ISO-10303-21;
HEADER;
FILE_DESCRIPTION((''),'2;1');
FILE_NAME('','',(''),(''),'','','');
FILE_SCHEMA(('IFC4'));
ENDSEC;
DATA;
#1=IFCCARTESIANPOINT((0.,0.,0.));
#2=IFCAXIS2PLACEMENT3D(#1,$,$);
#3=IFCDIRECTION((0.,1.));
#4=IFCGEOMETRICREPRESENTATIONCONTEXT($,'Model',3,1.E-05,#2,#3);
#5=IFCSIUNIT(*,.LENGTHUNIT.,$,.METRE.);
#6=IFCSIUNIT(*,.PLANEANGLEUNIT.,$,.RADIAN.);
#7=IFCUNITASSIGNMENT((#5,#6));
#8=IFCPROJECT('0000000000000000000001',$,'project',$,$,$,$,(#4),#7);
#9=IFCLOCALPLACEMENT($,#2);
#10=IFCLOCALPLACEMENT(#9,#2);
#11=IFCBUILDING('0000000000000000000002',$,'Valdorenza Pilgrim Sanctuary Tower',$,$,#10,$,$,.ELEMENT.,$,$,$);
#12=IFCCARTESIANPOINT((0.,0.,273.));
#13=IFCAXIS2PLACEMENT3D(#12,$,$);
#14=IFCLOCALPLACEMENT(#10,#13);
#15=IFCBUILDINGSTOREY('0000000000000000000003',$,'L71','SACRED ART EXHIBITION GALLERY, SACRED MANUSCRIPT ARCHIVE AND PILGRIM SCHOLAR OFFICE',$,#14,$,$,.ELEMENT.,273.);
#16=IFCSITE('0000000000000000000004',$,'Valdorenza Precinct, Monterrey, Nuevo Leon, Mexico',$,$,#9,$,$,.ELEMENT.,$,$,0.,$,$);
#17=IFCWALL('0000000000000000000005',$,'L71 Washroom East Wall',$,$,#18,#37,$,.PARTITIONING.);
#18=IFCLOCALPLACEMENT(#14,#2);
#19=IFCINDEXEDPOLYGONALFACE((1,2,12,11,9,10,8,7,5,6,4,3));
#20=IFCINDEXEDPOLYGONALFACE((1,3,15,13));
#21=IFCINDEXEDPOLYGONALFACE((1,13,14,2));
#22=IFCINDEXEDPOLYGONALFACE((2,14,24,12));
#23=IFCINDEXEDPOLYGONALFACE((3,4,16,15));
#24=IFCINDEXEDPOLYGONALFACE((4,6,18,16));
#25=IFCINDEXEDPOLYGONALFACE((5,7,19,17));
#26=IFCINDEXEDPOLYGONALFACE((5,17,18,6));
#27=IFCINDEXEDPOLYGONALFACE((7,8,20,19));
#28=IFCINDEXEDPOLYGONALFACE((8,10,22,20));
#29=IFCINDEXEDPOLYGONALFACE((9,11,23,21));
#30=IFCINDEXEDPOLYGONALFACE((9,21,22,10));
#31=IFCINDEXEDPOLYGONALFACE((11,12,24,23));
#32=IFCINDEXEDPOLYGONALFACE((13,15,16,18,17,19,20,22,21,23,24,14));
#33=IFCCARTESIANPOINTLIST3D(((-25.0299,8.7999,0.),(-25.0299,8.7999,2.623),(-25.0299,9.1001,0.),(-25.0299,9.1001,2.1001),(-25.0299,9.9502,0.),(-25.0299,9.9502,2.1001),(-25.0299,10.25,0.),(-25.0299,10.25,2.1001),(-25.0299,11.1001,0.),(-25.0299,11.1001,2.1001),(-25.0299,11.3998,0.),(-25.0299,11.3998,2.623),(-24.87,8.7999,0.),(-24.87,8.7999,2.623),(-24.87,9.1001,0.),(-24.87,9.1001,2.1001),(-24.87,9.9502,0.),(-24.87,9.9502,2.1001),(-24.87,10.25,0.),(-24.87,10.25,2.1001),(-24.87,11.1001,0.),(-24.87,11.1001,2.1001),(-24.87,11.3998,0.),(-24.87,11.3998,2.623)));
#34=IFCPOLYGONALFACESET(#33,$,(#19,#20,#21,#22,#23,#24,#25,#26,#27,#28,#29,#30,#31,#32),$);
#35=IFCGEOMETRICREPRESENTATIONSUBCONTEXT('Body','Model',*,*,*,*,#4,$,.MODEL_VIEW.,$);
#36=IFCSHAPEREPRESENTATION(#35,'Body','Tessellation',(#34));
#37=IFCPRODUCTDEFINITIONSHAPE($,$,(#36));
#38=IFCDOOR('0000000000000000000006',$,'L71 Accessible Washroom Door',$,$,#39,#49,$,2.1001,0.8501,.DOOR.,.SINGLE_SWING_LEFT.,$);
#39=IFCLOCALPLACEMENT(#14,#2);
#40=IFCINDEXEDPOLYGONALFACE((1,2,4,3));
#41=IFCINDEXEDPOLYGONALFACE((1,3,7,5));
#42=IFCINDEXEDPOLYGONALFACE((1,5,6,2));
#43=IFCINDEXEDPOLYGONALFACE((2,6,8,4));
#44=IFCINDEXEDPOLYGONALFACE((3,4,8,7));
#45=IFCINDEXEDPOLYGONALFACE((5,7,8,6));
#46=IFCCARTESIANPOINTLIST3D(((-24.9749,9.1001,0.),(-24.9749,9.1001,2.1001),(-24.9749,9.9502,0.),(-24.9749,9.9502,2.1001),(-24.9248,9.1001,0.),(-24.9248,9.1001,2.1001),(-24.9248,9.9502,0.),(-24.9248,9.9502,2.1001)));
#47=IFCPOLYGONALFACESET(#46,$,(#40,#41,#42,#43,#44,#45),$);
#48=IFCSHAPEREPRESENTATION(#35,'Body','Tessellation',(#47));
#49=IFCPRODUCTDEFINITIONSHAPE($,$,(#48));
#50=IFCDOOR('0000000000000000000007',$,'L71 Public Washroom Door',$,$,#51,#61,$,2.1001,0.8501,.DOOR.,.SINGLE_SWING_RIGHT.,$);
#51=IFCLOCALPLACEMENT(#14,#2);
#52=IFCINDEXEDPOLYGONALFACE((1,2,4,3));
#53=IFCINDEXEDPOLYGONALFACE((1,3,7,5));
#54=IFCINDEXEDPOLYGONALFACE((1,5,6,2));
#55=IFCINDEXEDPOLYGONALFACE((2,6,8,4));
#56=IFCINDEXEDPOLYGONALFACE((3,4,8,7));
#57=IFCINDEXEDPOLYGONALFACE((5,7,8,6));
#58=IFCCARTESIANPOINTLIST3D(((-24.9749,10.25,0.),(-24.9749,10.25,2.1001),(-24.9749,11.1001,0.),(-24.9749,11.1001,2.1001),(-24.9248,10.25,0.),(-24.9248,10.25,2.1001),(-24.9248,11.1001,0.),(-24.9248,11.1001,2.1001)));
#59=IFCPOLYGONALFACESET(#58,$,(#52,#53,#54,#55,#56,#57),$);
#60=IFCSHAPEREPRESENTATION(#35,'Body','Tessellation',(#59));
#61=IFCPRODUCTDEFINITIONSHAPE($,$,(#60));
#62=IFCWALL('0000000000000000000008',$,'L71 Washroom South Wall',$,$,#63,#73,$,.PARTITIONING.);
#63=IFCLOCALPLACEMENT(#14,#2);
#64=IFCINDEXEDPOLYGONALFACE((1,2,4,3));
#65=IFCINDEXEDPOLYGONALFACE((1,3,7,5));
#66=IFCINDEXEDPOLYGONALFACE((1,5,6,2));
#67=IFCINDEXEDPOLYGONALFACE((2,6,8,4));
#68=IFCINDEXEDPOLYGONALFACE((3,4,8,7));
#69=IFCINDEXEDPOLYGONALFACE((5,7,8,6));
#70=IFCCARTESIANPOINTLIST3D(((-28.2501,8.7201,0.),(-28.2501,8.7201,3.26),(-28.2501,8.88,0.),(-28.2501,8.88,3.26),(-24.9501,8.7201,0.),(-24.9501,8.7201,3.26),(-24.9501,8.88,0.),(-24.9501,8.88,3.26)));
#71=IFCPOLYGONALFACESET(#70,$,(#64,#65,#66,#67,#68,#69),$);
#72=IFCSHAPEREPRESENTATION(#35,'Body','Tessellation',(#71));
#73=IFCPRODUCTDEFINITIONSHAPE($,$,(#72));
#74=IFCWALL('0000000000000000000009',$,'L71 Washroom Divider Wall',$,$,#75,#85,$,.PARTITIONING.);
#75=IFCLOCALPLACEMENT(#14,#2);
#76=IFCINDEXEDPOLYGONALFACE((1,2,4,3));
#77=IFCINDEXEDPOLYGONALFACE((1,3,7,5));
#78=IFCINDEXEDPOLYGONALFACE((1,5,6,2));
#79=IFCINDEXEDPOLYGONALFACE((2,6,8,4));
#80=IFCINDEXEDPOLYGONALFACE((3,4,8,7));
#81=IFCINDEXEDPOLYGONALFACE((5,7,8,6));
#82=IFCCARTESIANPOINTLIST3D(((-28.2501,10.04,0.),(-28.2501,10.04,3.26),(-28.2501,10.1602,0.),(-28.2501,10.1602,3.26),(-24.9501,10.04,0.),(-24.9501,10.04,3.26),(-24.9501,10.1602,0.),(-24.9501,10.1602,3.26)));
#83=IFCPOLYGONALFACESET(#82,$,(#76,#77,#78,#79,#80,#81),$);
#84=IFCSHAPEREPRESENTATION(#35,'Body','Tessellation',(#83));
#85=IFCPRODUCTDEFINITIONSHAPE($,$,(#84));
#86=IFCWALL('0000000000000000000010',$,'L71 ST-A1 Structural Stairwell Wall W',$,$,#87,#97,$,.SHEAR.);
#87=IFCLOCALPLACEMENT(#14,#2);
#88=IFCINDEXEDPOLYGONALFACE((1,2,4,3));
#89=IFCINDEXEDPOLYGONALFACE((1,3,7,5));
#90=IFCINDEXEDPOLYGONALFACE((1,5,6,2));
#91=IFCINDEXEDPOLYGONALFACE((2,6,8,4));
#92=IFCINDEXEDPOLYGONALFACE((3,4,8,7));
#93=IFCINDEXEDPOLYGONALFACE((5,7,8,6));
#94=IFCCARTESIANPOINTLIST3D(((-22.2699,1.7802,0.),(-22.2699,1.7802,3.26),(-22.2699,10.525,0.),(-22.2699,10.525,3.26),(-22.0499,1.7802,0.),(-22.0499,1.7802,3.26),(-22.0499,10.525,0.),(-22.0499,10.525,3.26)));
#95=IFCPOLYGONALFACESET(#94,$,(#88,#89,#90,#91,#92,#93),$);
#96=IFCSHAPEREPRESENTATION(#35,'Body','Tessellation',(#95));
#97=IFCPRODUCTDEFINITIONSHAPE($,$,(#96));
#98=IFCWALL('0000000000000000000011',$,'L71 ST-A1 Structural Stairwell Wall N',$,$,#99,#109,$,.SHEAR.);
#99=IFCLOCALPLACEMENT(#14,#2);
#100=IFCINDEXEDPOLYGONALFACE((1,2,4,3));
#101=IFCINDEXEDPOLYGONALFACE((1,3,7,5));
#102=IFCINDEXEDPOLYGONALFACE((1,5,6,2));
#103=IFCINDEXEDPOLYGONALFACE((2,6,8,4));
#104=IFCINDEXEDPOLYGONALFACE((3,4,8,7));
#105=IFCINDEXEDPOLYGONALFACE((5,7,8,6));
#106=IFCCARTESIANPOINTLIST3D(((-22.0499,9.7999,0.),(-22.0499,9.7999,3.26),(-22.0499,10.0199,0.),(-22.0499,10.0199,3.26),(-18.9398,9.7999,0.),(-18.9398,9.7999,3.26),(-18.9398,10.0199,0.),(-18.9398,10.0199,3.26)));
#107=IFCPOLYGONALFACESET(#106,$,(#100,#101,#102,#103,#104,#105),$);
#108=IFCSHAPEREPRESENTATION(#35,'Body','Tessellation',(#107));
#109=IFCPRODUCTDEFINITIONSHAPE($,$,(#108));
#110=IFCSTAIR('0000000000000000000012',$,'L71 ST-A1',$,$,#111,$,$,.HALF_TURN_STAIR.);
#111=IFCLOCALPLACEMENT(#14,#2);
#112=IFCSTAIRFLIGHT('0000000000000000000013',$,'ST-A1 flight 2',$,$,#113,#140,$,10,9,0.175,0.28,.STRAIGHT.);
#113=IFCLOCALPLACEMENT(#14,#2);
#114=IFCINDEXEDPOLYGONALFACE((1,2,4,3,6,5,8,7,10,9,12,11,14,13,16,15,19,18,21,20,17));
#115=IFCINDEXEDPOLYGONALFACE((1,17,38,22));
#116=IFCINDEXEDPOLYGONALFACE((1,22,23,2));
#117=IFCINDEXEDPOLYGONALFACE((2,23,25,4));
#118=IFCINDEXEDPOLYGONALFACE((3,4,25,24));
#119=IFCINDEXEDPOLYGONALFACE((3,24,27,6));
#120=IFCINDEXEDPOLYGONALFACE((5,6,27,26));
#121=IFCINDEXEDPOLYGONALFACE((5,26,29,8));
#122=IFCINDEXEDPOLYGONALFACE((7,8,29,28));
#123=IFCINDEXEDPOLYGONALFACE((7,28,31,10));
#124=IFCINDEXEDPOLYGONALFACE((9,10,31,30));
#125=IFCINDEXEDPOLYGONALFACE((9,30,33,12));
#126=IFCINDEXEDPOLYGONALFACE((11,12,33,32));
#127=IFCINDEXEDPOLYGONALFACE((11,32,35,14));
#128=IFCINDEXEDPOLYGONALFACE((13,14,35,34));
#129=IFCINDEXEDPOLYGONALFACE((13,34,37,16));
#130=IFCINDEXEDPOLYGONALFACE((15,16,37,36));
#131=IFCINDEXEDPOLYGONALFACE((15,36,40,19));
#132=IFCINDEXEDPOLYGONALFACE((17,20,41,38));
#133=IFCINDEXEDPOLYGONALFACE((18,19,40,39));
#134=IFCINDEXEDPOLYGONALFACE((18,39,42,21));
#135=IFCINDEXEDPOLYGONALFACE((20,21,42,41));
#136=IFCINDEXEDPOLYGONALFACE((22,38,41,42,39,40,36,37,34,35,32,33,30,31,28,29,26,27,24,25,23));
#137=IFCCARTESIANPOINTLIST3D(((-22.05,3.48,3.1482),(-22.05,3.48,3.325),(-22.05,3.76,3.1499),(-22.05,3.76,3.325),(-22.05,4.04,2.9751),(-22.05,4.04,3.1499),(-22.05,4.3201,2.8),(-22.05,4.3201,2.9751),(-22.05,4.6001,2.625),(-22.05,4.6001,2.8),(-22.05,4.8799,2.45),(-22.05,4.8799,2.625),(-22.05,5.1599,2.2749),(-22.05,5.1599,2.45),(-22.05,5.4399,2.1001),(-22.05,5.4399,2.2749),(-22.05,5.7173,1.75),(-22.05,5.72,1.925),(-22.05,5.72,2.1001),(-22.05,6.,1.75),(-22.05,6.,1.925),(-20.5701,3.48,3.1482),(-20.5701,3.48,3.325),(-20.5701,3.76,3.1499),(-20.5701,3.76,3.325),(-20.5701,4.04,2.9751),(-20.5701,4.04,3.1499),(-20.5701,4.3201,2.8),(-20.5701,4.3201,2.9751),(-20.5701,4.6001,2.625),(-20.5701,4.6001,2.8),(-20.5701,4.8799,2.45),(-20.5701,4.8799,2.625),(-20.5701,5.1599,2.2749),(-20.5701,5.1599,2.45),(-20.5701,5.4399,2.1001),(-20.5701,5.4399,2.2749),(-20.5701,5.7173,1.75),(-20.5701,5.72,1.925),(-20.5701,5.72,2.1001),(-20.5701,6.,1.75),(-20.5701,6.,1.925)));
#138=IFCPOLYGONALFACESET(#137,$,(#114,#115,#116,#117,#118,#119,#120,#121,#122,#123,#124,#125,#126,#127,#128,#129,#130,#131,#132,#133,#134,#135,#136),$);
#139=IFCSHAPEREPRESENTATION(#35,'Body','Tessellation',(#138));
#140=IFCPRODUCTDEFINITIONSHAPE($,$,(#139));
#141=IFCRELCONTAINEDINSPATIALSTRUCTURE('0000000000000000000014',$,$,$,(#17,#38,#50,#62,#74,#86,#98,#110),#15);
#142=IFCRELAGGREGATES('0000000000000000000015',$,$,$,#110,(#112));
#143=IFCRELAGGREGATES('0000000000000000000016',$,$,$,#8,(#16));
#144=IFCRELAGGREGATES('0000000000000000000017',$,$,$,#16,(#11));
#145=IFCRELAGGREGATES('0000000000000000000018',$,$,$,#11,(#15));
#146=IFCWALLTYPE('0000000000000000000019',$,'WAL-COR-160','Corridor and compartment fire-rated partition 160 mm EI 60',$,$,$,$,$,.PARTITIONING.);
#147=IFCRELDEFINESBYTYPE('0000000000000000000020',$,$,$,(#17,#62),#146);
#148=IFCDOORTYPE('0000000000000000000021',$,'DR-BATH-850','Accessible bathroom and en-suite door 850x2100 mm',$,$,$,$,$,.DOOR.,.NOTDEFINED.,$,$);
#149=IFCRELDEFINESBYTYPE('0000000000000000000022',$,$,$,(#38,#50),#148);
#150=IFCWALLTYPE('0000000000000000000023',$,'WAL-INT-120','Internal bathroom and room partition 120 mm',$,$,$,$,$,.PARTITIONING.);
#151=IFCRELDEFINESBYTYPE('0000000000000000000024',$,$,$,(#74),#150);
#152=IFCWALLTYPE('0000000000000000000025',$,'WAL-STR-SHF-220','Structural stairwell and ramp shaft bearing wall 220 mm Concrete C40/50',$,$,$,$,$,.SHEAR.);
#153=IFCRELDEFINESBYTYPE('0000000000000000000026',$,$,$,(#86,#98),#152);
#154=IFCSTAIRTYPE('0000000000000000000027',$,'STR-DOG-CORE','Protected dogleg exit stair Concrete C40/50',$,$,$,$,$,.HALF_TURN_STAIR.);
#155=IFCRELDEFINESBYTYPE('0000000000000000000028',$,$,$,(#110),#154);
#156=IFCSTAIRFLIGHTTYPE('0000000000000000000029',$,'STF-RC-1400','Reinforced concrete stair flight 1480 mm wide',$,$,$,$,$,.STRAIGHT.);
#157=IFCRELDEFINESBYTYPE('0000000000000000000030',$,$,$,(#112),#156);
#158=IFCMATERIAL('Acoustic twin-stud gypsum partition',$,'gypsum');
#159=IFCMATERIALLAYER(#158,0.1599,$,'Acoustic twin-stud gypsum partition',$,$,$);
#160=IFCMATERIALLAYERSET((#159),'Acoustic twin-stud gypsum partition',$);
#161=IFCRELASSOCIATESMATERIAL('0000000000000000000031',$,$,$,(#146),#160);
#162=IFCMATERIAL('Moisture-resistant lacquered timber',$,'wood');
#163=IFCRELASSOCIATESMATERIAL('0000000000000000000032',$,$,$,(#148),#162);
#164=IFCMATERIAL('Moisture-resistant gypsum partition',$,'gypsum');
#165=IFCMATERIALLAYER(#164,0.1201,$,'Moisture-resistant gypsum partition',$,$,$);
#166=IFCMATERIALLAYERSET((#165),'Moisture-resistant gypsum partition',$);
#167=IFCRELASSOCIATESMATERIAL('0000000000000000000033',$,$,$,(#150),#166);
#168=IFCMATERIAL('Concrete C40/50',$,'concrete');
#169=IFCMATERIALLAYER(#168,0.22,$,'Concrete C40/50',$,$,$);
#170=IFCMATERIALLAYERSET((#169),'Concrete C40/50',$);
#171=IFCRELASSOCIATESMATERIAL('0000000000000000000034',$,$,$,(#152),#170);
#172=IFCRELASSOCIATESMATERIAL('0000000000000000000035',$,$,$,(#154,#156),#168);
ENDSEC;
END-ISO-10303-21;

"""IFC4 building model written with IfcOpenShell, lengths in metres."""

from ifc_helpers import new_model, si_unit, direction, frame, frame_2d, origin, place, context, subcontext, project, spatial, polyline, rectangle, outline, extrude, material, layer, layer_set, type_object, element, fill, aggregate, save


model = new_model("IFC4")

# Units and contexts
model_context = context("Model", 3, precision=1e-05, world=origin(), true_north=direction((0.0, 1.0)))
body_context = subcontext(model_context, "Body", "Model", "MODEL_VIEW")
ifc_project = project(units=[si_unit("LENGTHUNIT", "METRE"), si_unit("PLANEANGLEUNIT", "RADIAN")], contexts=[model_context])

# Site, building, storey
site_placement = place(None, origin())
site = spatial("IfcSite", under=ifc_project, at=site_placement, Name="Valdorenza Precinct, Monterrey, Nuevo Leon, Mexico", CompositionType="ELEMENT", RefElevation=0.0)
building_placement = place(site_placement, origin())
building = spatial("IfcBuilding", under=site, at=building_placement, Name="Valdorenza Pilgrim Sanctuary Tower", CompositionType="ELEMENT")
storey_placement = place(building_placement, frame((0.0, 0.0, 273.0)))
storey = spatial("IfcBuildingStorey", under=building, at=storey_placement, Name="L71", Description="SACRED ART EXHIBITION GALLERY, SACRED MANUSCRIPT ARCHIVE AND PILGRIM SCHOLAR OFFICE", CompositionType="ELEMENT", Elevation=273.0)

# Shared definitions
ifc_material_1 = material(Name="Acoustic twin-stud gypsum partition", Category="gypsum")
ifc_layer_1 = layer(ifc_material_1, 0.1599, Name="Acoustic twin-stud gypsum partition")
ifc_layer_set_1 = layer_set([ifc_layer_1], Name="Acoustic twin-stud gypsum partition")
wall_type_1 = type_object("IfcWallType", Name="WAL-COR-160", Description="Corridor and compartment fire-rated partition 160 mm EI 60", PredefinedType="PARTITIONING", material=ifc_layer_set_1)

# Wall, openings, doors
wall_1_placement = place(storey_placement, frame((-24.95, 8.8, 0.0), z_axis=(0.0, 0.0, 1.0), x_axis=(0.0, 1.0, 0.0)))
wall_1 = element("IfcWall", 1, at=wall_1_placement, inside=storey, type_object=wall_type_1, Name="L71 Washroom East Wall", PredefinedType="PARTITIONING", context=body_context, shape_type="SweptSolid", body=[
    extrude(rectangle(XDim=2.5999, YDim=0.1599, at=frame_2d((1.2998, 0.0))), origin(), (0.0, 0.0, 1.0), 2.623),
])
opening_1_placement = place(wall_1_placement, frame((0.3, 0.0, 0.0)))
opening_1 = element("IfcOpeningElement", 2, at=opening_1_placement, cuts=wall_1, PredefinedType="OPENING", context=body_context, shape_type="SweptSolid", body=[
    extrude(rectangle(XDim=0.8501, YDim=2.1001, at=frame_2d((0.425, 1.05))), frame((0.0, 0.0947, 0.0), z_axis=(0.0, -1.0, 0.0), x_axis=(1.0, 0.0, 0.0)), (0.0, 0.0, 1.0), 0.1897),
])
opening_2_placement = place(wall_1_placement, frame((1.45, 0.0, 0.0)))
opening_2 = element("IfcOpeningElement", 3, at=opening_2_placement, cuts=wall_1, PredefinedType="OPENING", context=body_context, shape_type="SweptSolid", body=[
    extrude(rectangle(XDim=0.8501, YDim=2.1001, at=frame_2d((0.425, 1.05))), frame((0.0, 0.0947, 0.0), z_axis=(0.0, -1.0, 0.0), x_axis=(1.0, 0.0, 0.0)), (0.0, 0.0, 1.0), 0.1897),
])
ifc_material_2 = material(Name="Moisture-resistant lacquered timber", Category="wood")
door_type_1 = type_object("IfcDoorType", Name="DR-BATH-850", Description="Accessible bathroom and en-suite door 850x2100 mm", OperationType="NOTDEFINED", PredefinedType="DOOR", material=ifc_material_2)
door_1_placement = place(opening_1_placement, origin())
door_1 = element("IfcDoor", 4, at=door_1_placement, inside=storey, type_object=door_type_1, Name="L71 Accessible Washroom Door", OperationType="SINGLE_SWING_LEFT", OverallHeight=2.1001, OverallWidth=0.8501, PredefinedType="DOOR", context=body_context, shape_type="SweptSolid", body=[
    extrude(rectangle(XDim=0.8501, YDim=2.1001, at=frame_2d((0.425, 1.05))), frame((0.0, 0.0249, 0.0), z_axis=(0.0, -1.0, 0.0), x_axis=(1.0, 0.0, 0.0)), (0.0, 0.0, 1.0), 0.05),
])
fill(opening_1, door_1)
door_2_placement = place(opening_2_placement, origin())
door_2 = element("IfcDoor", 5, at=door_2_placement, inside=storey, type_object=door_type_1, Name="L71 Public Washroom Door", OperationType="SINGLE_SWING_RIGHT", OverallHeight=2.1001, OverallWidth=0.8501, PredefinedType="DOOR", context=body_context, shape_type="SweptSolid", body=[
    extrude(rectangle(XDim=0.8501, YDim=2.1001, at=frame_2d((0.425, 1.05))), frame((0.0, 0.0249, 0.0), z_axis=(0.0, -1.0, 0.0), x_axis=(1.0, 0.0, 0.0)), (0.0, 0.0, 1.0), 0.05),
])
fill(opening_2, door_2)

# Walls
wall_2_placement = place(storey_placement, frame((-28.25, 8.8, 0.0), z_axis=(0.0, 0.0, 1.0), x_axis=(1.0, 0.0, 0.0)))
element("IfcWall", 6, at=wall_2_placement, inside=storey, type_object=wall_type_1, Name="L71 Washroom South Wall", PredefinedType="PARTITIONING", context=body_context, shape_type="SweptSolid", body=[
    extrude(rectangle(XDim=3.3, YDim=0.1599, at=frame_2d((1.6499, 0.0))), origin(), (0.0, 0.0, 1.0), 3.26),
])
ifc_material_3 = material(Name="Moisture-resistant gypsum partition", Category="gypsum")
ifc_layer_2 = layer(ifc_material_3, 0.1201, Name="Moisture-resistant gypsum partition")
ifc_layer_set_2 = layer_set([ifc_layer_2], Name="Moisture-resistant gypsum partition")
wall_type_2 = type_object("IfcWallType", Name="WAL-INT-120", Description="Internal bathroom and room partition 120 mm", PredefinedType="PARTITIONING", material=ifc_layer_set_2)
wall_3_placement = place(storey_placement, frame((-28.25, 10.1001, 0.0), z_axis=(0.0, 0.0, 1.0), x_axis=(1.0, 0.0, 0.0)))
element("IfcWall", 7, at=wall_3_placement, inside=storey, type_object=wall_type_2, Name="L71 Washroom Divider Wall", PredefinedType="PARTITIONING", context=body_context, shape_type="SweptSolid", body=[
    extrude(rectangle(XDim=3.3, YDim=0.1201, at=frame_2d((1.6499, 0.0))), origin(), (0.0, 0.0, 1.0), 3.26),
])
ifc_material_4 = material(Name="Concrete C40/50", Category="concrete")
ifc_layer_3 = layer(ifc_material_4, 0.22, Name="Concrete C40/50")
ifc_layer_set_3 = layer_set([ifc_layer_3], Name="Concrete C40/50")
wall_type_3 = type_object("IfcWallType", Name="WAL-STR-SHF-220", Description="Structural stairwell and ramp shaft bearing wall 220 mm Concrete C40/50", PredefinedType="SHEAR", material=ifc_layer_set_3)
wall_4_placement = place(storey_placement, frame((-22.1599, 1.78, 0.0), z_axis=(0.0, 0.0, 1.0), x_axis=(0.0, 1.0, 0.0)))
element("IfcWall", 8, at=wall_4_placement, inside=storey, type_object=wall_type_3, Name="L71 ST-A1 Structural Stairwell Wall W", PredefinedType="SHEAR", context=body_context, shape_type="SweptSolid", body=[
    extrude(rectangle(XDim=8.7449, YDim=0.22, at=frame_2d((4.3726, 0.0))), origin(), (0.0, 0.0, 1.0), 3.26),
])

# Wall
wall_5_placement = place(storey_placement, frame((-22.05, 9.9099, 0.0), z_axis=(0.0, 0.0, 1.0), x_axis=(1.0, 0.0, 0.0)))
element("IfcWall", 9, at=wall_5_placement, inside=storey, type_object=wall_type_3, Name="L71 ST-A1 Structural Stairwell Wall N", PredefinedType="SHEAR", context=body_context, shape_type="SweptSolid", body=[
    extrude(rectangle(XDim=3.1101, YDim=0.22, at=frame_2d((1.5552, 0.0))), origin(), (0.0, 0.0, 1.0), 3.26),
])

# Stair, stair flight
stair_type = type_object("IfcStairType", Name="STR-DOG-CORE", Description="Protected dogleg exit stair Concrete C40/50", PredefinedType="HALF_TURN_STAIR", material=ifc_material_4)
stair_placement = place(storey_placement, origin())
stair = element("IfcStair", 10, at=stair_placement, inside=storey, type_object=stair_type, Name="L71 ST-A1", PredefinedType="HALF_TURN_STAIR")
stair_flight_type = type_object("IfcStairFlightType", Name="STF-RC-1400", Description="Reinforced concrete stair flight 1480 mm wide", PredefinedType="STRAIGHT", material=ifc_material_4)
stair_flight_placement = place(storey_placement, frame((-21.3101, 6.0, 1.75), z_axis=(0.0, 0.0, 1.0), x_axis=(0.0, -1.0, 0.0)))
stair_flight = element("IfcStairFlight", 11, at=stair_flight_placement, type_object=stair_flight_type, Name="ST-A1 flight 2", NumberOfRisers=10, NumberOfTreads=9, PredefinedType="STRAIGHT", RiserHeight=0.175, TreadLength=0.28, context=body_context, shape_type="SweptSolid", body=[
    extrude(outline(polyline([(0.0, 0.0), (0.0, 0.175), (0.28, 0.175), (0.28, 0.3501), (0.5601, 0.3501), (0.5601, 0.5249), (0.8401, 0.5249), (0.8401, 0.7), (1.1201, 0.7), (1.1201, 0.875), (1.3999, 0.875), (1.3999, 1.05), (1.6799, 1.05), (1.6799, 1.2251), (1.96, 1.2251), (1.96, 1.3999), (2.24, 1.3999), (2.24, 1.575), (2.52, 1.575), (2.52, 1.75), (2.52, 1.3982), (0.2827, 0.0), (0.0, 0.0)])), frame((0.0, 0.74, 0.0), z_axis=(0.0, -1.0, 0.0), x_axis=(1.0, 0.0, 0.0)), (0.0, 0.0, 1.0), 1.48),
])
aggregate(stair, [stair_flight])

save(model, "model.ifc")
